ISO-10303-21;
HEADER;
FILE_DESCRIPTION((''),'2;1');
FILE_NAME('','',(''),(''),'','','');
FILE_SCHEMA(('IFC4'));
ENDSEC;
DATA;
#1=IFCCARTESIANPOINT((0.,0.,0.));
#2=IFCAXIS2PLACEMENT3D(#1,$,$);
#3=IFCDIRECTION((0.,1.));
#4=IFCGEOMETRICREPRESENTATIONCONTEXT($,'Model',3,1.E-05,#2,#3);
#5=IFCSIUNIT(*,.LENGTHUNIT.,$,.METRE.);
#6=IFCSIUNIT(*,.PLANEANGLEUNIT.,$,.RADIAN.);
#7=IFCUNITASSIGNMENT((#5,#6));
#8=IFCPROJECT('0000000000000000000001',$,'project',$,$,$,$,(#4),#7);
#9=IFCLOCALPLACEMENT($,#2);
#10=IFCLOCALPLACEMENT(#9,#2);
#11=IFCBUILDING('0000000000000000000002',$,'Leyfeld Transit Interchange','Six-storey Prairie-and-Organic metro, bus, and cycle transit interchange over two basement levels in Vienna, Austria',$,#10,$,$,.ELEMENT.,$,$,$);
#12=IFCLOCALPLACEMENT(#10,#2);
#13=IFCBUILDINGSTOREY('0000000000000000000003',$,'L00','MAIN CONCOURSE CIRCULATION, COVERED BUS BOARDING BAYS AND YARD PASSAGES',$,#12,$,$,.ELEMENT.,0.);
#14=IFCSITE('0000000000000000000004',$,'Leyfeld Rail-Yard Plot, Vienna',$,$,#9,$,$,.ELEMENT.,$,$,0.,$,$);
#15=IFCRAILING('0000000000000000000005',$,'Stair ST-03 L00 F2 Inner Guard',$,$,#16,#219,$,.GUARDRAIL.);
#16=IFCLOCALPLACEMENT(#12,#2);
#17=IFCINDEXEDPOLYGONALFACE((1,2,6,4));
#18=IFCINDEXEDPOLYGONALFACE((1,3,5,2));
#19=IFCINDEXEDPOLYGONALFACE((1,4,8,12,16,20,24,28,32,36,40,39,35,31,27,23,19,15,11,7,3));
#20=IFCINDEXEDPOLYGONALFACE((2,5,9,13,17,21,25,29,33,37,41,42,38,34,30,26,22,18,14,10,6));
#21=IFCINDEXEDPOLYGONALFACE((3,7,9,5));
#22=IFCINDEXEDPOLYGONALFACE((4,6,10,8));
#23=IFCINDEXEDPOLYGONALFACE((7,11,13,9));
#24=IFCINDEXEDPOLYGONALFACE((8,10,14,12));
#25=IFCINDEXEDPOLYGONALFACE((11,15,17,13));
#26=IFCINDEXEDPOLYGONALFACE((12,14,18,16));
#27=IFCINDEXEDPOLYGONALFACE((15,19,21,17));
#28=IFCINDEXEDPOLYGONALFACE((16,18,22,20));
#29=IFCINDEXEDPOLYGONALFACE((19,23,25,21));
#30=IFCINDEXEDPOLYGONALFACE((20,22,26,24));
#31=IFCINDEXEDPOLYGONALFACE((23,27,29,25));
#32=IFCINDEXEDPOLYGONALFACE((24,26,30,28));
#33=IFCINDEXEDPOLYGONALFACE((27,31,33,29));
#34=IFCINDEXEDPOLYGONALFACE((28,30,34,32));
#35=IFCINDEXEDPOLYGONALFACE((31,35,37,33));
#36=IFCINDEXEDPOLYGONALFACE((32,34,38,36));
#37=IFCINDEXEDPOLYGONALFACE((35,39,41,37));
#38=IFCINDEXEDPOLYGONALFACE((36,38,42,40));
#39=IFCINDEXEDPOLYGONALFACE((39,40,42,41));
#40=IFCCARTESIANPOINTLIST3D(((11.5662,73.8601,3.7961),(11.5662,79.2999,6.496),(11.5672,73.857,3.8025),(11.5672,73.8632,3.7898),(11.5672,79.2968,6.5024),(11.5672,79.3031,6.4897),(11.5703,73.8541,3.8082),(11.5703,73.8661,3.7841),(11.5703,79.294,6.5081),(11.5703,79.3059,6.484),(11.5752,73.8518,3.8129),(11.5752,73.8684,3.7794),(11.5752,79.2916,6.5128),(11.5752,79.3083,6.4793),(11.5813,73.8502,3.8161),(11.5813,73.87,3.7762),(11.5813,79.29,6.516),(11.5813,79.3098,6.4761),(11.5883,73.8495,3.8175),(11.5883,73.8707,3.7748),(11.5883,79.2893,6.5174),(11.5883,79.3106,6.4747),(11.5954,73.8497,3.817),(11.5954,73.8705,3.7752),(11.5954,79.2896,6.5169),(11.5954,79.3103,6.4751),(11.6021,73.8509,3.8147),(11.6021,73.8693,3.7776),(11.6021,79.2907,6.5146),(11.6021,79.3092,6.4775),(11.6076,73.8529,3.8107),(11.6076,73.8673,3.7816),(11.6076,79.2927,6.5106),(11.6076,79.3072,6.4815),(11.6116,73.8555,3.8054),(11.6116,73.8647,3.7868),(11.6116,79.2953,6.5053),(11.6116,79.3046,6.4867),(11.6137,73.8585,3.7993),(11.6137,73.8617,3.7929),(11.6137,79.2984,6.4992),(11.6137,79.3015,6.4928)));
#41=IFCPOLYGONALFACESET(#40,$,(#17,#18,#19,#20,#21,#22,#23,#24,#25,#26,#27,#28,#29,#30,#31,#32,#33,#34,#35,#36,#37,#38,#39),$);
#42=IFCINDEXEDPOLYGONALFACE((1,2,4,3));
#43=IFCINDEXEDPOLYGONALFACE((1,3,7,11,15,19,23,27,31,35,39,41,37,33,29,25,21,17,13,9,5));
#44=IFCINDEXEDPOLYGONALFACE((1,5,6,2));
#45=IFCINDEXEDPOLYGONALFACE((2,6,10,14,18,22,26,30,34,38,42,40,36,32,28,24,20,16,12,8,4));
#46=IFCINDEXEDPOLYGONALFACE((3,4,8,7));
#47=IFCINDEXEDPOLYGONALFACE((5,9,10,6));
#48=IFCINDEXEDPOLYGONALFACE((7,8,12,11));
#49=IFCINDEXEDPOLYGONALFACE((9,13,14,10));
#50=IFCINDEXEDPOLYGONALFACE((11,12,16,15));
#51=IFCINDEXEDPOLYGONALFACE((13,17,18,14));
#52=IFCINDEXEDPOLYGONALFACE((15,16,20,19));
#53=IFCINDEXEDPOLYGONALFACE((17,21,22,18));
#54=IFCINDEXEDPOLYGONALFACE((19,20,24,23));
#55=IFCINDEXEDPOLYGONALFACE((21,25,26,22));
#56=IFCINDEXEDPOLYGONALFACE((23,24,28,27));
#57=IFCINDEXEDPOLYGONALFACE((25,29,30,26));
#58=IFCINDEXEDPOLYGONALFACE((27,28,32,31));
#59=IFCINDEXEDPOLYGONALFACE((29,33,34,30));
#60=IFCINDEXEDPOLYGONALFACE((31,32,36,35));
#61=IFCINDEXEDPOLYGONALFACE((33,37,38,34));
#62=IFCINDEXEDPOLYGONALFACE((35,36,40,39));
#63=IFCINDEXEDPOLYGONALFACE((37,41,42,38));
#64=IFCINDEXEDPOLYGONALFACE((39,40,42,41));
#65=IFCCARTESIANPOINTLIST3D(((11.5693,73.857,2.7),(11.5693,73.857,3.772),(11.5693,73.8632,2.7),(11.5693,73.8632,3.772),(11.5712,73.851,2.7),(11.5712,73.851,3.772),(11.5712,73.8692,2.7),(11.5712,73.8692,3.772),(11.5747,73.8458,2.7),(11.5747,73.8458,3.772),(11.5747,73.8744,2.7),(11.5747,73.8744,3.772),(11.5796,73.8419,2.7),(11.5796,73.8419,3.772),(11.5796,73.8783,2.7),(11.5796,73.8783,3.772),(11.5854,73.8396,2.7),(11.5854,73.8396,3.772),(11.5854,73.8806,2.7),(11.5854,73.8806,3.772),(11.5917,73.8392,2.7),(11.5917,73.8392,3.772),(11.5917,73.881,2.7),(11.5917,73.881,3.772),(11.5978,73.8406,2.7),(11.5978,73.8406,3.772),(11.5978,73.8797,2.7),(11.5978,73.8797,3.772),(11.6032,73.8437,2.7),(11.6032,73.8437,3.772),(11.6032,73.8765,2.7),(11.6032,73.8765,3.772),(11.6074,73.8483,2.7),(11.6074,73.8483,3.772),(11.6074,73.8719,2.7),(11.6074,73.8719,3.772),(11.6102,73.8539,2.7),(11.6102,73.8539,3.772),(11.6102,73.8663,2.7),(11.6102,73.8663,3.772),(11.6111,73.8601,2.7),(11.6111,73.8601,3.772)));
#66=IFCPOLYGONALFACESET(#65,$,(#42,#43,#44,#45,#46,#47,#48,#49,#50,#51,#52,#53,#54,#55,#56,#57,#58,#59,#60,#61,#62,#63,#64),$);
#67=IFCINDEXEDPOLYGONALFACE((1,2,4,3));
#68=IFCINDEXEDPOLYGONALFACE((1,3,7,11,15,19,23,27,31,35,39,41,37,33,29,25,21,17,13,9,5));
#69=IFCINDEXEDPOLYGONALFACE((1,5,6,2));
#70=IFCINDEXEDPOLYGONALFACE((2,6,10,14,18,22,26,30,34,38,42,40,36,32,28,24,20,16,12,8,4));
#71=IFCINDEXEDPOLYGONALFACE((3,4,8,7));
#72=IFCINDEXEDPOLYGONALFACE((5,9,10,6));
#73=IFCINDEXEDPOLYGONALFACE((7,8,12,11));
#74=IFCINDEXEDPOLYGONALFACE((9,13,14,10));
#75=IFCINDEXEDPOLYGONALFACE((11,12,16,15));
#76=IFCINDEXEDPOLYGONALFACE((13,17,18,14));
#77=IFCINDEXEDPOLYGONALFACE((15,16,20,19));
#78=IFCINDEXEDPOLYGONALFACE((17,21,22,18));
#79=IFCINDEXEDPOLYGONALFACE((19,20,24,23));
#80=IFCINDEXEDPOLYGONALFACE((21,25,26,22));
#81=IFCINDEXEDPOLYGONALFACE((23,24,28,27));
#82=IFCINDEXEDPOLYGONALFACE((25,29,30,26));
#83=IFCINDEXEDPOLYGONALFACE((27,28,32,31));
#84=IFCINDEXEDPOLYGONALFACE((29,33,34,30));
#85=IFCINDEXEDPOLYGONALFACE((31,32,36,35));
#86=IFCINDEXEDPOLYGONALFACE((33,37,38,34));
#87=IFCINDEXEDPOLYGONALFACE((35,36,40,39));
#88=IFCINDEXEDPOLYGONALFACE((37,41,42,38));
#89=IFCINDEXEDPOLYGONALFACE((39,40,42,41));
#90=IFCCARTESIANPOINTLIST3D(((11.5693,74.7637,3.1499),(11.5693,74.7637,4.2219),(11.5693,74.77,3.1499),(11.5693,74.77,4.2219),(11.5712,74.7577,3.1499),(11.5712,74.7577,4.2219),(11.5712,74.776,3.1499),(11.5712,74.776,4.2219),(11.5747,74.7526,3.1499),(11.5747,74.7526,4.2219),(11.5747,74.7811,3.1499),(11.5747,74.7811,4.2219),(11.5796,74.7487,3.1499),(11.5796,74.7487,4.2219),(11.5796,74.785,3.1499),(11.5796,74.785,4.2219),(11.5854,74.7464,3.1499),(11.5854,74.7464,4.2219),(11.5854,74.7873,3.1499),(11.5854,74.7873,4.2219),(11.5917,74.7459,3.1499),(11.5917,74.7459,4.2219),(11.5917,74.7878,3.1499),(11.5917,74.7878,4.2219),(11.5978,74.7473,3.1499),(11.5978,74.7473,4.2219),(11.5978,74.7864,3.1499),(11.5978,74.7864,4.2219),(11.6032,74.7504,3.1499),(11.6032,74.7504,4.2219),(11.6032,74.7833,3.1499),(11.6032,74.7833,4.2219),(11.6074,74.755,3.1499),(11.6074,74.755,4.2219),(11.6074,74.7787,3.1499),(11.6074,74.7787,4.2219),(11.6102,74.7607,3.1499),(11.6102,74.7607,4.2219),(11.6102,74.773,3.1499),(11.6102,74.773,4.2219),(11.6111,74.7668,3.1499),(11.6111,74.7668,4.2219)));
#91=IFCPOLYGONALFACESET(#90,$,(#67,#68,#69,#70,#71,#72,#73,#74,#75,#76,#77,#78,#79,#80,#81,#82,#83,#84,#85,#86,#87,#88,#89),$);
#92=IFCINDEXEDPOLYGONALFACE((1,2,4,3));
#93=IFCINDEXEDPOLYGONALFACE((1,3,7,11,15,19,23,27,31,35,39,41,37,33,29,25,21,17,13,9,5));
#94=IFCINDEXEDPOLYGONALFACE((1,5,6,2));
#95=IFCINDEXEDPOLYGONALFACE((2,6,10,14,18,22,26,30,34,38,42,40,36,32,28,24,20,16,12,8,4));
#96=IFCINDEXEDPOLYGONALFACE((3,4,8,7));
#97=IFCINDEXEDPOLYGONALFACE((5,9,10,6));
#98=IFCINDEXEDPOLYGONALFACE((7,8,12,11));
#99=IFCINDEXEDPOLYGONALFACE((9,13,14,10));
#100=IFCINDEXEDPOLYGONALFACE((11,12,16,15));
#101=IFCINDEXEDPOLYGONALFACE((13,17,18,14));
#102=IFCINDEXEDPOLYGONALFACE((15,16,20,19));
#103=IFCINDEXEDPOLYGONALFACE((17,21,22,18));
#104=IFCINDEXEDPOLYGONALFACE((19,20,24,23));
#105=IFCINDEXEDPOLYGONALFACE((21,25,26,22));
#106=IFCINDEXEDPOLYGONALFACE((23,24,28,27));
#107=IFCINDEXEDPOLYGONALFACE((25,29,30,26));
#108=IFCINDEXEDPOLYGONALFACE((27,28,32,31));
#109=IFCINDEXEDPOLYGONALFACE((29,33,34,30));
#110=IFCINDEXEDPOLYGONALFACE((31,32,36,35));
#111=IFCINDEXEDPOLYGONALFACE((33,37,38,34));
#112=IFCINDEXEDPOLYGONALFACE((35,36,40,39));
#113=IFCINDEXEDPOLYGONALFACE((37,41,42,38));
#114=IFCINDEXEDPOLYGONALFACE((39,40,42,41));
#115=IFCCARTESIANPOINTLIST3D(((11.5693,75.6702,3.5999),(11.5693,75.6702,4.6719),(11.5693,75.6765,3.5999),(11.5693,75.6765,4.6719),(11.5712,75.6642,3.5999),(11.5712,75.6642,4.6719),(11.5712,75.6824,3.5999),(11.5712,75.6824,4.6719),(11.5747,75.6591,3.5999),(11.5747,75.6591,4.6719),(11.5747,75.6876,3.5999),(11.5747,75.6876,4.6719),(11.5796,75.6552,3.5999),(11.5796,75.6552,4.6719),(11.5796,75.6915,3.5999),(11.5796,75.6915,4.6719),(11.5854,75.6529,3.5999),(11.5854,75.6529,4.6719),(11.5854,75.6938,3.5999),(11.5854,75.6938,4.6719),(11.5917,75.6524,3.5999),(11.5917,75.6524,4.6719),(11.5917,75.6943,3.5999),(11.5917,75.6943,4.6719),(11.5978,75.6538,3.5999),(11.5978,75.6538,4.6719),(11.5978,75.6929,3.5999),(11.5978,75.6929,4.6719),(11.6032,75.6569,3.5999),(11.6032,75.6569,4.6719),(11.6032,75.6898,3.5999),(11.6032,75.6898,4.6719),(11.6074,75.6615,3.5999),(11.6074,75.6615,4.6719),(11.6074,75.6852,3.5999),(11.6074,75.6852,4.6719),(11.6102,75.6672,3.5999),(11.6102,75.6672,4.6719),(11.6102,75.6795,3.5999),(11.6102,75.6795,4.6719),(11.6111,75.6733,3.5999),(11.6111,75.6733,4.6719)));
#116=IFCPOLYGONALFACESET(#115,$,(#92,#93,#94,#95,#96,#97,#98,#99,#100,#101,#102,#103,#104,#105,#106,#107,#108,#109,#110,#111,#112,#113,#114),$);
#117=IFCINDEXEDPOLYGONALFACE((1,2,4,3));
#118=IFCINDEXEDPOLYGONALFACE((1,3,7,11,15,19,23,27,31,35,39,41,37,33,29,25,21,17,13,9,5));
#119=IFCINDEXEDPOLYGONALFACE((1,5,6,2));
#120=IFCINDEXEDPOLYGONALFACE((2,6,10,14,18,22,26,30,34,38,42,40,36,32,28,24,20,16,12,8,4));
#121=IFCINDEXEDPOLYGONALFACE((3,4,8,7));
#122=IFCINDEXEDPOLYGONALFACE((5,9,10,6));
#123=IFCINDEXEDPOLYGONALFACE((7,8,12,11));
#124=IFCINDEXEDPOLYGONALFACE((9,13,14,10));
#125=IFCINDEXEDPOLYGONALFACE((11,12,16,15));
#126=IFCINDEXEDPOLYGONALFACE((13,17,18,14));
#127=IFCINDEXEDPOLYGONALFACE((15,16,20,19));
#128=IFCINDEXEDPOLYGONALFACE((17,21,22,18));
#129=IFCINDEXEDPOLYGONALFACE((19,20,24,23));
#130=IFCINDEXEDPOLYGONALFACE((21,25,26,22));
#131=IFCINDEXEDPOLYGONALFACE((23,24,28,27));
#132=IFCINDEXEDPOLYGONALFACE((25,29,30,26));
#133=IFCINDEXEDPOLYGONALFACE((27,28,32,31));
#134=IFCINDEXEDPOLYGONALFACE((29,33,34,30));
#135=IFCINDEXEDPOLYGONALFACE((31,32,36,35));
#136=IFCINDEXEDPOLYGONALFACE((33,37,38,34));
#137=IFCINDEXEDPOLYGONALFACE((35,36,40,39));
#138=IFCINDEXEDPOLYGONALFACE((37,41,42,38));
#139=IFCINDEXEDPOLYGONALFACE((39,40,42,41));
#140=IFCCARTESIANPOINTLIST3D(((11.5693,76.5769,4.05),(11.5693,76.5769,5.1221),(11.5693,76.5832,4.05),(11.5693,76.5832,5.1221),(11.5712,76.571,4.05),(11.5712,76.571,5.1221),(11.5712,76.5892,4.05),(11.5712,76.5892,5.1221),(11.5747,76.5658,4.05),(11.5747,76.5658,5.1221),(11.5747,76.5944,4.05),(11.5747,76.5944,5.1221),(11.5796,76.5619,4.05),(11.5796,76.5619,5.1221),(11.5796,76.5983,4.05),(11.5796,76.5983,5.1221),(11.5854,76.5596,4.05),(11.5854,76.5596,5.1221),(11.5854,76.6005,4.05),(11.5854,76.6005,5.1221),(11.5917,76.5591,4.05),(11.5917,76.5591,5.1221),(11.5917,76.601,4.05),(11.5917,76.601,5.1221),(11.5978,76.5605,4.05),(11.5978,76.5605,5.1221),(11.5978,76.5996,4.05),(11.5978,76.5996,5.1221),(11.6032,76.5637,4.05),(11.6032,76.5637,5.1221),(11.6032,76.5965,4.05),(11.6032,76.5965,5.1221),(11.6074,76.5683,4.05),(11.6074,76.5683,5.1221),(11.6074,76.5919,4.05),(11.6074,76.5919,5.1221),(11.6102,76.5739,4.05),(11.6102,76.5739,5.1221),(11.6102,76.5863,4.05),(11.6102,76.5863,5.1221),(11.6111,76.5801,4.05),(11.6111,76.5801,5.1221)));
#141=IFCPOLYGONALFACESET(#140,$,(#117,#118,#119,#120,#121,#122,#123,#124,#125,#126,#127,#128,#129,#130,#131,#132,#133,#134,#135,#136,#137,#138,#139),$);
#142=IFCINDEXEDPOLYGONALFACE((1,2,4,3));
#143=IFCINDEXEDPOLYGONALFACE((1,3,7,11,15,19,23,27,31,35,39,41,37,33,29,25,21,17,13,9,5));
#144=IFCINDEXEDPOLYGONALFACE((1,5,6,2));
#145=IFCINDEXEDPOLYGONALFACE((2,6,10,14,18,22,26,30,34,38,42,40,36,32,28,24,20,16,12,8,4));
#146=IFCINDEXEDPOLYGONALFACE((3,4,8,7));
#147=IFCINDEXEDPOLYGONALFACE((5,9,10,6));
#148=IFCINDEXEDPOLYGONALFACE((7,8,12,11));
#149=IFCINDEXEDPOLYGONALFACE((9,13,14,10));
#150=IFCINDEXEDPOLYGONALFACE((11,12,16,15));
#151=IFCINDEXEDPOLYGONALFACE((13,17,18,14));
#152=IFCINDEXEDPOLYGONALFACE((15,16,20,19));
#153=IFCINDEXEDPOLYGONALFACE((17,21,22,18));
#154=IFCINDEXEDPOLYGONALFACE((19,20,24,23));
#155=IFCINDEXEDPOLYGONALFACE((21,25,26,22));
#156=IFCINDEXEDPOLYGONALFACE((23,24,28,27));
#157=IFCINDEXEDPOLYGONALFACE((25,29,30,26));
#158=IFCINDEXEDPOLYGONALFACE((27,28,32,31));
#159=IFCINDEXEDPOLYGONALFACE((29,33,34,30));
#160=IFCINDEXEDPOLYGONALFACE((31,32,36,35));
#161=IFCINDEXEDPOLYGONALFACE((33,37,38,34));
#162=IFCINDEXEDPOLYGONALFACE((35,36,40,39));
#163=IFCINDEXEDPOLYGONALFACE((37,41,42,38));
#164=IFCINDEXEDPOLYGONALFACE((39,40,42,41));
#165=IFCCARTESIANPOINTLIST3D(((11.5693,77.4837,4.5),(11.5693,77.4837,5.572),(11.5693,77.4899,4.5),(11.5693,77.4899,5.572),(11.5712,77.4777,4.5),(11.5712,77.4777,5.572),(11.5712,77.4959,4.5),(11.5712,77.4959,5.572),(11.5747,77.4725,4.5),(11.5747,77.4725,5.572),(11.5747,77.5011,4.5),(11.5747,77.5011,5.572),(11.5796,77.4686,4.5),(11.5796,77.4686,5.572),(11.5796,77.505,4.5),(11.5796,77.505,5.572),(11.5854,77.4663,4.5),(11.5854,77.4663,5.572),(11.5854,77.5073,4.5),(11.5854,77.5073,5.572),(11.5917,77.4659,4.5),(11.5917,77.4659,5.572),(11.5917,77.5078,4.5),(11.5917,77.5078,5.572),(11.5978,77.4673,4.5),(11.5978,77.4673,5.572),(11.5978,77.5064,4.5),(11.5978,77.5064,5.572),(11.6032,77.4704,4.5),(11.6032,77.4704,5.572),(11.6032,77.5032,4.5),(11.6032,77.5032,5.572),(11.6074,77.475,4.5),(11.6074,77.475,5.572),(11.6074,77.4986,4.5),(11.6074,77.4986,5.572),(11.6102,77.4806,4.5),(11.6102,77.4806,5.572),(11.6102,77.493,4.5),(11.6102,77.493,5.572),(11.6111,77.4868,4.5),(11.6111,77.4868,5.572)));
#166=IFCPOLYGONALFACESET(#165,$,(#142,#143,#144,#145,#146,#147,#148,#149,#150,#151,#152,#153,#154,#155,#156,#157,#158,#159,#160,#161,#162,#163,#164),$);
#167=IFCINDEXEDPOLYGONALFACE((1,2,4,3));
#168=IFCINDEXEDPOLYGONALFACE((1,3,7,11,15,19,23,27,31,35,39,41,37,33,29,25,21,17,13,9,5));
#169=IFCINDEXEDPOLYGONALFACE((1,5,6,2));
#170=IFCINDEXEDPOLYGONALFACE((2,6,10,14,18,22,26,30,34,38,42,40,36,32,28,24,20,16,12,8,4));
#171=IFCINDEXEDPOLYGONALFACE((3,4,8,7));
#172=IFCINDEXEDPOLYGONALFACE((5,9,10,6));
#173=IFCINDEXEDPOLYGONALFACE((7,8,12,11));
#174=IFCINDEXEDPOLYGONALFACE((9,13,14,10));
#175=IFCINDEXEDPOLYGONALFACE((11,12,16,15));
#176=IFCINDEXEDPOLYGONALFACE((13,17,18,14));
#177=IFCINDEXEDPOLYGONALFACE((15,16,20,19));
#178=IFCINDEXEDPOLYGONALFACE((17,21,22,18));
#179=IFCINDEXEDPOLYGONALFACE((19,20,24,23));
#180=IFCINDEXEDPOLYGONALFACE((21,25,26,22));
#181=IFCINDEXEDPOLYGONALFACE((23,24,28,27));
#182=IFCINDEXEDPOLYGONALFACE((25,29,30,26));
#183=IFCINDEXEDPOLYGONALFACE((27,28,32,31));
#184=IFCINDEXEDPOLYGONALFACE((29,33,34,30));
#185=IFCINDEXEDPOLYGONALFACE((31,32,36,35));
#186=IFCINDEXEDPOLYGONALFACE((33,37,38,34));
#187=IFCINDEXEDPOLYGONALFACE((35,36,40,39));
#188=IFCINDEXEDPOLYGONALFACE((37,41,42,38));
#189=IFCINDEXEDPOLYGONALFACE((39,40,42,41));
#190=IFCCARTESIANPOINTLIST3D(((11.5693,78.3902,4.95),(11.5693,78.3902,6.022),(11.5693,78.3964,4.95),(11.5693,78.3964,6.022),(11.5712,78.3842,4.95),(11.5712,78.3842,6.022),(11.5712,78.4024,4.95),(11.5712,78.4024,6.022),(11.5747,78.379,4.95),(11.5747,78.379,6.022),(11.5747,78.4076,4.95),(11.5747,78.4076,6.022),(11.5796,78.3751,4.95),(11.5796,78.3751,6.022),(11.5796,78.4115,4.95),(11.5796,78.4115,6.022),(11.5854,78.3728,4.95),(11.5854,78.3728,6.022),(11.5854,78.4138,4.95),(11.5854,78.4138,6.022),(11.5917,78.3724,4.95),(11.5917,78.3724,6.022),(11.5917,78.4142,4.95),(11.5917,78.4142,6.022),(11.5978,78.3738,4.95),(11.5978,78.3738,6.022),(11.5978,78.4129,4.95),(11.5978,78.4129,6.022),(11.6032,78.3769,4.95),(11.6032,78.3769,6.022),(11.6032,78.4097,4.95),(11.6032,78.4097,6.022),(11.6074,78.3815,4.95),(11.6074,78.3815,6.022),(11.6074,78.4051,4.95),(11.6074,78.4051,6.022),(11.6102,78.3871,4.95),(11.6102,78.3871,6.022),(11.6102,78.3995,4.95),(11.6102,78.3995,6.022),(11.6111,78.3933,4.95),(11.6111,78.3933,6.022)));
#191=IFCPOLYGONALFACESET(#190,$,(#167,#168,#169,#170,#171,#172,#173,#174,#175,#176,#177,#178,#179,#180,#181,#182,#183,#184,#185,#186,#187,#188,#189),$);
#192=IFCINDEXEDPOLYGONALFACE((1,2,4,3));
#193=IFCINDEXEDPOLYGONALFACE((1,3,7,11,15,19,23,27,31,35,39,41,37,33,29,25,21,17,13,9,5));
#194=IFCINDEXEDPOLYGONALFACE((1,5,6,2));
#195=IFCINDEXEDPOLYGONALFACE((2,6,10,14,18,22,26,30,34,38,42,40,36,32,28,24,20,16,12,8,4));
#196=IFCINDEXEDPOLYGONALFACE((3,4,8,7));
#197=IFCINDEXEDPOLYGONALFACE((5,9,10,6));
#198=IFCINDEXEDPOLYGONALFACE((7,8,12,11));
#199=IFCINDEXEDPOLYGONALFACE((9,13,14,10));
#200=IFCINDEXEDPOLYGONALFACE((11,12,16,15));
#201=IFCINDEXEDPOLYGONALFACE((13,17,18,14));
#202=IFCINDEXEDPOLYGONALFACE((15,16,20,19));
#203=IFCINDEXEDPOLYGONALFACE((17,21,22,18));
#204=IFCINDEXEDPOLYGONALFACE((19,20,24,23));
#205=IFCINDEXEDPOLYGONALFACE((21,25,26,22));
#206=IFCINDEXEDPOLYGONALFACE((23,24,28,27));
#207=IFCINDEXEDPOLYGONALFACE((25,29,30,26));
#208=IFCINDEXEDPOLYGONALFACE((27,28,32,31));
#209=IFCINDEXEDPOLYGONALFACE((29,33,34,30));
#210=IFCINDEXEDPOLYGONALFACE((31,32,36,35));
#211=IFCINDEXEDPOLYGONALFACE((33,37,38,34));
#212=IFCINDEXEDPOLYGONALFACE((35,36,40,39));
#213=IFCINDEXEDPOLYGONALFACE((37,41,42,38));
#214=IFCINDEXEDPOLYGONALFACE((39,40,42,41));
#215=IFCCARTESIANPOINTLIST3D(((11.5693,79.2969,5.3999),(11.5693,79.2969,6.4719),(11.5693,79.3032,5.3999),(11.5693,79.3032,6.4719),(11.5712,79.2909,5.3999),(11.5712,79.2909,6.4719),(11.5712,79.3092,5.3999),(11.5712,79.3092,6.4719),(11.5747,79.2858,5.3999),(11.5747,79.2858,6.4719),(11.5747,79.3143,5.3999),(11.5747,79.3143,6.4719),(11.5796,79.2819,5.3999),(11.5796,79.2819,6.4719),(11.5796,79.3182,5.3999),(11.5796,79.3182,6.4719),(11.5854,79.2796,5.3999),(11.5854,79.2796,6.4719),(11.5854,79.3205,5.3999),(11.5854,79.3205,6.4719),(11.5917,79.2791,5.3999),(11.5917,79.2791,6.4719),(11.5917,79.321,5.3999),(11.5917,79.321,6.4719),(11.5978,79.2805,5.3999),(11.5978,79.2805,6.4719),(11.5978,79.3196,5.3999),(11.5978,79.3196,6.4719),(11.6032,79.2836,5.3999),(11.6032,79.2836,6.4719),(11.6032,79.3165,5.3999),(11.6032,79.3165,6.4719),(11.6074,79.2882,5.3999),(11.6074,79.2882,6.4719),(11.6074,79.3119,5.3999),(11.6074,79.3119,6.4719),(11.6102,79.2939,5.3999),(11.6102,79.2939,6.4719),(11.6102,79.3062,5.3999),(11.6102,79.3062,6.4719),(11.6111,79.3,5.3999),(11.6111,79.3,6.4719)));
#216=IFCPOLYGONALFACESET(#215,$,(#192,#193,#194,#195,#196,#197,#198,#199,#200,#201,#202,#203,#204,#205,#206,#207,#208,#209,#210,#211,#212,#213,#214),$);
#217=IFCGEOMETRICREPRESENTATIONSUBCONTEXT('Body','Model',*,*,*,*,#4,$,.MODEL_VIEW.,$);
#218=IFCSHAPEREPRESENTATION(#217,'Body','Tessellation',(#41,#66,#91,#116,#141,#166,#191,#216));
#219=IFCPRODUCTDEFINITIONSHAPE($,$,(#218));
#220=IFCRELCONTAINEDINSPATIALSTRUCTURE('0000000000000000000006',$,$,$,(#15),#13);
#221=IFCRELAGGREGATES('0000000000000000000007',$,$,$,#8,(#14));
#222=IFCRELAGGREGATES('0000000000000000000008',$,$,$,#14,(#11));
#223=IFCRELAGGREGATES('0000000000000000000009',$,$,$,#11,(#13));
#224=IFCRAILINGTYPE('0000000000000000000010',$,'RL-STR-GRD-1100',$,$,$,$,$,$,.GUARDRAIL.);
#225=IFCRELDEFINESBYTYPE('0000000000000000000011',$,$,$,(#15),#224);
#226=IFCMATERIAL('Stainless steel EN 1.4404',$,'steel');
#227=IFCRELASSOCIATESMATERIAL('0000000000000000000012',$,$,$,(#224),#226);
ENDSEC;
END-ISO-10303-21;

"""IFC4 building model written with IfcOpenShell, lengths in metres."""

from ifc_helpers import new_model, si_unit, direction, frame, origin, origin_2d, place, context, subcontext, project, spatial, circle, extrude, material, type_object, element, save


model = new_model("IFC4")

# Units and contexts
model_context = context("Model", 3, precision=1e-05, world=origin(), true_north=direction((0.0, 1.0)))
body_context = subcontext(model_context, "Body", "Model", "MODEL_VIEW")
ifc_project = project(units=[si_unit("LENGTHUNIT", "METRE"), si_unit("PLANEANGLEUNIT", "RADIAN")], contexts=[model_context])

# Site, building, storey
site_placement = place(None, origin())
site = spatial("IfcSite", under=ifc_project, at=site_placement, Name="Leyfeld Rail-Yard Plot, Vienna", CompositionType="ELEMENT", RefElevation=0.0)
building_placement = place(site_placement, origin())
building = spatial("IfcBuilding", under=site, at=building_placement, Name="Leyfeld Transit Interchange", Description="Six-storey Prairie-and-Organic metro, bus, and cycle transit interchange over two basement levels in Vienna, Austria", CompositionType="ELEMENT")
storey_placement = place(building_placement, origin())
storey = spatial("IfcBuildingStorey", under=building, at=storey_placement, Name="L00", Description="MAIN CONCOURSE CIRCULATION, COVERED BUS BOARDING BAYS AND YARD PASSAGES", CompositionType="ELEMENT", Elevation=0.0)

# Railing
ifc_material_1 = material(Name="Stainless steel EN 1.4404", Category="steel")
railing_type_1 = type_object("IfcRailingType", Name="RL-STR-GRD-1100", PredefinedType="GUARDRAIL", material=ifc_material_1)
for number, where, name in (
    (1, (11.5901, 73.8601, 2.7), "Stair ST-03 L00 F2 Inner Guard"),
):
    element("IfcRailing", number, at=place(storey_placement, frame(where)), inside=storey, type_object=railing_type_1, Name=name, PredefinedType="GUARDRAIL", context=body_context, shape_type="SweptSolid", body=[
        extrude(circle(Radius=0.0239, at=origin_2d()), frame((0.0, 0.0, 1.0962), z_axis=(0.0, 0.895742, 0.444575), x_axis=(-1.0, 0.0, 0.0)), (0.0, 0.0, 1.0), 6.073),
        extrude(circle(Radius=0.021, at=origin_2d()), origin(), (0.0, 0.0, 1.0), 1.072),
        extrude(circle(Radius=0.021, at=origin_2d()), frame((0.0, 0.9067, 0.45)), (0.0, 0.0, 1.0), 1.072),
        extrude(circle(Radius=0.021, at=origin_2d()), frame((0.0, 1.8132, 0.8999)), (0.0, 0.0, 1.0), 1.072),
        extrude(circle(Radius=0.021, at=origin_2d()), frame((0.0, 2.72, 1.3501)), (0.0, 0.0, 1.0), 1.072),
        extrude(circle(Radius=0.021, at=origin_2d()), frame((0.0, 3.6267, 1.8)), (0.0, 0.0, 1.0), 1.072),
        extrude(circle(Radius=0.021, at=origin_2d()), frame((0.0, 4.5332, 2.25)), (0.0, 0.0, 1.0), 1.072),
        extrude(circle(Radius=0.021, at=origin_2d()), frame((0.0, 5.4399, 2.7)), (0.0, 0.0, 1.0), 1.072),
    ])

save(model, "model.ifc")
